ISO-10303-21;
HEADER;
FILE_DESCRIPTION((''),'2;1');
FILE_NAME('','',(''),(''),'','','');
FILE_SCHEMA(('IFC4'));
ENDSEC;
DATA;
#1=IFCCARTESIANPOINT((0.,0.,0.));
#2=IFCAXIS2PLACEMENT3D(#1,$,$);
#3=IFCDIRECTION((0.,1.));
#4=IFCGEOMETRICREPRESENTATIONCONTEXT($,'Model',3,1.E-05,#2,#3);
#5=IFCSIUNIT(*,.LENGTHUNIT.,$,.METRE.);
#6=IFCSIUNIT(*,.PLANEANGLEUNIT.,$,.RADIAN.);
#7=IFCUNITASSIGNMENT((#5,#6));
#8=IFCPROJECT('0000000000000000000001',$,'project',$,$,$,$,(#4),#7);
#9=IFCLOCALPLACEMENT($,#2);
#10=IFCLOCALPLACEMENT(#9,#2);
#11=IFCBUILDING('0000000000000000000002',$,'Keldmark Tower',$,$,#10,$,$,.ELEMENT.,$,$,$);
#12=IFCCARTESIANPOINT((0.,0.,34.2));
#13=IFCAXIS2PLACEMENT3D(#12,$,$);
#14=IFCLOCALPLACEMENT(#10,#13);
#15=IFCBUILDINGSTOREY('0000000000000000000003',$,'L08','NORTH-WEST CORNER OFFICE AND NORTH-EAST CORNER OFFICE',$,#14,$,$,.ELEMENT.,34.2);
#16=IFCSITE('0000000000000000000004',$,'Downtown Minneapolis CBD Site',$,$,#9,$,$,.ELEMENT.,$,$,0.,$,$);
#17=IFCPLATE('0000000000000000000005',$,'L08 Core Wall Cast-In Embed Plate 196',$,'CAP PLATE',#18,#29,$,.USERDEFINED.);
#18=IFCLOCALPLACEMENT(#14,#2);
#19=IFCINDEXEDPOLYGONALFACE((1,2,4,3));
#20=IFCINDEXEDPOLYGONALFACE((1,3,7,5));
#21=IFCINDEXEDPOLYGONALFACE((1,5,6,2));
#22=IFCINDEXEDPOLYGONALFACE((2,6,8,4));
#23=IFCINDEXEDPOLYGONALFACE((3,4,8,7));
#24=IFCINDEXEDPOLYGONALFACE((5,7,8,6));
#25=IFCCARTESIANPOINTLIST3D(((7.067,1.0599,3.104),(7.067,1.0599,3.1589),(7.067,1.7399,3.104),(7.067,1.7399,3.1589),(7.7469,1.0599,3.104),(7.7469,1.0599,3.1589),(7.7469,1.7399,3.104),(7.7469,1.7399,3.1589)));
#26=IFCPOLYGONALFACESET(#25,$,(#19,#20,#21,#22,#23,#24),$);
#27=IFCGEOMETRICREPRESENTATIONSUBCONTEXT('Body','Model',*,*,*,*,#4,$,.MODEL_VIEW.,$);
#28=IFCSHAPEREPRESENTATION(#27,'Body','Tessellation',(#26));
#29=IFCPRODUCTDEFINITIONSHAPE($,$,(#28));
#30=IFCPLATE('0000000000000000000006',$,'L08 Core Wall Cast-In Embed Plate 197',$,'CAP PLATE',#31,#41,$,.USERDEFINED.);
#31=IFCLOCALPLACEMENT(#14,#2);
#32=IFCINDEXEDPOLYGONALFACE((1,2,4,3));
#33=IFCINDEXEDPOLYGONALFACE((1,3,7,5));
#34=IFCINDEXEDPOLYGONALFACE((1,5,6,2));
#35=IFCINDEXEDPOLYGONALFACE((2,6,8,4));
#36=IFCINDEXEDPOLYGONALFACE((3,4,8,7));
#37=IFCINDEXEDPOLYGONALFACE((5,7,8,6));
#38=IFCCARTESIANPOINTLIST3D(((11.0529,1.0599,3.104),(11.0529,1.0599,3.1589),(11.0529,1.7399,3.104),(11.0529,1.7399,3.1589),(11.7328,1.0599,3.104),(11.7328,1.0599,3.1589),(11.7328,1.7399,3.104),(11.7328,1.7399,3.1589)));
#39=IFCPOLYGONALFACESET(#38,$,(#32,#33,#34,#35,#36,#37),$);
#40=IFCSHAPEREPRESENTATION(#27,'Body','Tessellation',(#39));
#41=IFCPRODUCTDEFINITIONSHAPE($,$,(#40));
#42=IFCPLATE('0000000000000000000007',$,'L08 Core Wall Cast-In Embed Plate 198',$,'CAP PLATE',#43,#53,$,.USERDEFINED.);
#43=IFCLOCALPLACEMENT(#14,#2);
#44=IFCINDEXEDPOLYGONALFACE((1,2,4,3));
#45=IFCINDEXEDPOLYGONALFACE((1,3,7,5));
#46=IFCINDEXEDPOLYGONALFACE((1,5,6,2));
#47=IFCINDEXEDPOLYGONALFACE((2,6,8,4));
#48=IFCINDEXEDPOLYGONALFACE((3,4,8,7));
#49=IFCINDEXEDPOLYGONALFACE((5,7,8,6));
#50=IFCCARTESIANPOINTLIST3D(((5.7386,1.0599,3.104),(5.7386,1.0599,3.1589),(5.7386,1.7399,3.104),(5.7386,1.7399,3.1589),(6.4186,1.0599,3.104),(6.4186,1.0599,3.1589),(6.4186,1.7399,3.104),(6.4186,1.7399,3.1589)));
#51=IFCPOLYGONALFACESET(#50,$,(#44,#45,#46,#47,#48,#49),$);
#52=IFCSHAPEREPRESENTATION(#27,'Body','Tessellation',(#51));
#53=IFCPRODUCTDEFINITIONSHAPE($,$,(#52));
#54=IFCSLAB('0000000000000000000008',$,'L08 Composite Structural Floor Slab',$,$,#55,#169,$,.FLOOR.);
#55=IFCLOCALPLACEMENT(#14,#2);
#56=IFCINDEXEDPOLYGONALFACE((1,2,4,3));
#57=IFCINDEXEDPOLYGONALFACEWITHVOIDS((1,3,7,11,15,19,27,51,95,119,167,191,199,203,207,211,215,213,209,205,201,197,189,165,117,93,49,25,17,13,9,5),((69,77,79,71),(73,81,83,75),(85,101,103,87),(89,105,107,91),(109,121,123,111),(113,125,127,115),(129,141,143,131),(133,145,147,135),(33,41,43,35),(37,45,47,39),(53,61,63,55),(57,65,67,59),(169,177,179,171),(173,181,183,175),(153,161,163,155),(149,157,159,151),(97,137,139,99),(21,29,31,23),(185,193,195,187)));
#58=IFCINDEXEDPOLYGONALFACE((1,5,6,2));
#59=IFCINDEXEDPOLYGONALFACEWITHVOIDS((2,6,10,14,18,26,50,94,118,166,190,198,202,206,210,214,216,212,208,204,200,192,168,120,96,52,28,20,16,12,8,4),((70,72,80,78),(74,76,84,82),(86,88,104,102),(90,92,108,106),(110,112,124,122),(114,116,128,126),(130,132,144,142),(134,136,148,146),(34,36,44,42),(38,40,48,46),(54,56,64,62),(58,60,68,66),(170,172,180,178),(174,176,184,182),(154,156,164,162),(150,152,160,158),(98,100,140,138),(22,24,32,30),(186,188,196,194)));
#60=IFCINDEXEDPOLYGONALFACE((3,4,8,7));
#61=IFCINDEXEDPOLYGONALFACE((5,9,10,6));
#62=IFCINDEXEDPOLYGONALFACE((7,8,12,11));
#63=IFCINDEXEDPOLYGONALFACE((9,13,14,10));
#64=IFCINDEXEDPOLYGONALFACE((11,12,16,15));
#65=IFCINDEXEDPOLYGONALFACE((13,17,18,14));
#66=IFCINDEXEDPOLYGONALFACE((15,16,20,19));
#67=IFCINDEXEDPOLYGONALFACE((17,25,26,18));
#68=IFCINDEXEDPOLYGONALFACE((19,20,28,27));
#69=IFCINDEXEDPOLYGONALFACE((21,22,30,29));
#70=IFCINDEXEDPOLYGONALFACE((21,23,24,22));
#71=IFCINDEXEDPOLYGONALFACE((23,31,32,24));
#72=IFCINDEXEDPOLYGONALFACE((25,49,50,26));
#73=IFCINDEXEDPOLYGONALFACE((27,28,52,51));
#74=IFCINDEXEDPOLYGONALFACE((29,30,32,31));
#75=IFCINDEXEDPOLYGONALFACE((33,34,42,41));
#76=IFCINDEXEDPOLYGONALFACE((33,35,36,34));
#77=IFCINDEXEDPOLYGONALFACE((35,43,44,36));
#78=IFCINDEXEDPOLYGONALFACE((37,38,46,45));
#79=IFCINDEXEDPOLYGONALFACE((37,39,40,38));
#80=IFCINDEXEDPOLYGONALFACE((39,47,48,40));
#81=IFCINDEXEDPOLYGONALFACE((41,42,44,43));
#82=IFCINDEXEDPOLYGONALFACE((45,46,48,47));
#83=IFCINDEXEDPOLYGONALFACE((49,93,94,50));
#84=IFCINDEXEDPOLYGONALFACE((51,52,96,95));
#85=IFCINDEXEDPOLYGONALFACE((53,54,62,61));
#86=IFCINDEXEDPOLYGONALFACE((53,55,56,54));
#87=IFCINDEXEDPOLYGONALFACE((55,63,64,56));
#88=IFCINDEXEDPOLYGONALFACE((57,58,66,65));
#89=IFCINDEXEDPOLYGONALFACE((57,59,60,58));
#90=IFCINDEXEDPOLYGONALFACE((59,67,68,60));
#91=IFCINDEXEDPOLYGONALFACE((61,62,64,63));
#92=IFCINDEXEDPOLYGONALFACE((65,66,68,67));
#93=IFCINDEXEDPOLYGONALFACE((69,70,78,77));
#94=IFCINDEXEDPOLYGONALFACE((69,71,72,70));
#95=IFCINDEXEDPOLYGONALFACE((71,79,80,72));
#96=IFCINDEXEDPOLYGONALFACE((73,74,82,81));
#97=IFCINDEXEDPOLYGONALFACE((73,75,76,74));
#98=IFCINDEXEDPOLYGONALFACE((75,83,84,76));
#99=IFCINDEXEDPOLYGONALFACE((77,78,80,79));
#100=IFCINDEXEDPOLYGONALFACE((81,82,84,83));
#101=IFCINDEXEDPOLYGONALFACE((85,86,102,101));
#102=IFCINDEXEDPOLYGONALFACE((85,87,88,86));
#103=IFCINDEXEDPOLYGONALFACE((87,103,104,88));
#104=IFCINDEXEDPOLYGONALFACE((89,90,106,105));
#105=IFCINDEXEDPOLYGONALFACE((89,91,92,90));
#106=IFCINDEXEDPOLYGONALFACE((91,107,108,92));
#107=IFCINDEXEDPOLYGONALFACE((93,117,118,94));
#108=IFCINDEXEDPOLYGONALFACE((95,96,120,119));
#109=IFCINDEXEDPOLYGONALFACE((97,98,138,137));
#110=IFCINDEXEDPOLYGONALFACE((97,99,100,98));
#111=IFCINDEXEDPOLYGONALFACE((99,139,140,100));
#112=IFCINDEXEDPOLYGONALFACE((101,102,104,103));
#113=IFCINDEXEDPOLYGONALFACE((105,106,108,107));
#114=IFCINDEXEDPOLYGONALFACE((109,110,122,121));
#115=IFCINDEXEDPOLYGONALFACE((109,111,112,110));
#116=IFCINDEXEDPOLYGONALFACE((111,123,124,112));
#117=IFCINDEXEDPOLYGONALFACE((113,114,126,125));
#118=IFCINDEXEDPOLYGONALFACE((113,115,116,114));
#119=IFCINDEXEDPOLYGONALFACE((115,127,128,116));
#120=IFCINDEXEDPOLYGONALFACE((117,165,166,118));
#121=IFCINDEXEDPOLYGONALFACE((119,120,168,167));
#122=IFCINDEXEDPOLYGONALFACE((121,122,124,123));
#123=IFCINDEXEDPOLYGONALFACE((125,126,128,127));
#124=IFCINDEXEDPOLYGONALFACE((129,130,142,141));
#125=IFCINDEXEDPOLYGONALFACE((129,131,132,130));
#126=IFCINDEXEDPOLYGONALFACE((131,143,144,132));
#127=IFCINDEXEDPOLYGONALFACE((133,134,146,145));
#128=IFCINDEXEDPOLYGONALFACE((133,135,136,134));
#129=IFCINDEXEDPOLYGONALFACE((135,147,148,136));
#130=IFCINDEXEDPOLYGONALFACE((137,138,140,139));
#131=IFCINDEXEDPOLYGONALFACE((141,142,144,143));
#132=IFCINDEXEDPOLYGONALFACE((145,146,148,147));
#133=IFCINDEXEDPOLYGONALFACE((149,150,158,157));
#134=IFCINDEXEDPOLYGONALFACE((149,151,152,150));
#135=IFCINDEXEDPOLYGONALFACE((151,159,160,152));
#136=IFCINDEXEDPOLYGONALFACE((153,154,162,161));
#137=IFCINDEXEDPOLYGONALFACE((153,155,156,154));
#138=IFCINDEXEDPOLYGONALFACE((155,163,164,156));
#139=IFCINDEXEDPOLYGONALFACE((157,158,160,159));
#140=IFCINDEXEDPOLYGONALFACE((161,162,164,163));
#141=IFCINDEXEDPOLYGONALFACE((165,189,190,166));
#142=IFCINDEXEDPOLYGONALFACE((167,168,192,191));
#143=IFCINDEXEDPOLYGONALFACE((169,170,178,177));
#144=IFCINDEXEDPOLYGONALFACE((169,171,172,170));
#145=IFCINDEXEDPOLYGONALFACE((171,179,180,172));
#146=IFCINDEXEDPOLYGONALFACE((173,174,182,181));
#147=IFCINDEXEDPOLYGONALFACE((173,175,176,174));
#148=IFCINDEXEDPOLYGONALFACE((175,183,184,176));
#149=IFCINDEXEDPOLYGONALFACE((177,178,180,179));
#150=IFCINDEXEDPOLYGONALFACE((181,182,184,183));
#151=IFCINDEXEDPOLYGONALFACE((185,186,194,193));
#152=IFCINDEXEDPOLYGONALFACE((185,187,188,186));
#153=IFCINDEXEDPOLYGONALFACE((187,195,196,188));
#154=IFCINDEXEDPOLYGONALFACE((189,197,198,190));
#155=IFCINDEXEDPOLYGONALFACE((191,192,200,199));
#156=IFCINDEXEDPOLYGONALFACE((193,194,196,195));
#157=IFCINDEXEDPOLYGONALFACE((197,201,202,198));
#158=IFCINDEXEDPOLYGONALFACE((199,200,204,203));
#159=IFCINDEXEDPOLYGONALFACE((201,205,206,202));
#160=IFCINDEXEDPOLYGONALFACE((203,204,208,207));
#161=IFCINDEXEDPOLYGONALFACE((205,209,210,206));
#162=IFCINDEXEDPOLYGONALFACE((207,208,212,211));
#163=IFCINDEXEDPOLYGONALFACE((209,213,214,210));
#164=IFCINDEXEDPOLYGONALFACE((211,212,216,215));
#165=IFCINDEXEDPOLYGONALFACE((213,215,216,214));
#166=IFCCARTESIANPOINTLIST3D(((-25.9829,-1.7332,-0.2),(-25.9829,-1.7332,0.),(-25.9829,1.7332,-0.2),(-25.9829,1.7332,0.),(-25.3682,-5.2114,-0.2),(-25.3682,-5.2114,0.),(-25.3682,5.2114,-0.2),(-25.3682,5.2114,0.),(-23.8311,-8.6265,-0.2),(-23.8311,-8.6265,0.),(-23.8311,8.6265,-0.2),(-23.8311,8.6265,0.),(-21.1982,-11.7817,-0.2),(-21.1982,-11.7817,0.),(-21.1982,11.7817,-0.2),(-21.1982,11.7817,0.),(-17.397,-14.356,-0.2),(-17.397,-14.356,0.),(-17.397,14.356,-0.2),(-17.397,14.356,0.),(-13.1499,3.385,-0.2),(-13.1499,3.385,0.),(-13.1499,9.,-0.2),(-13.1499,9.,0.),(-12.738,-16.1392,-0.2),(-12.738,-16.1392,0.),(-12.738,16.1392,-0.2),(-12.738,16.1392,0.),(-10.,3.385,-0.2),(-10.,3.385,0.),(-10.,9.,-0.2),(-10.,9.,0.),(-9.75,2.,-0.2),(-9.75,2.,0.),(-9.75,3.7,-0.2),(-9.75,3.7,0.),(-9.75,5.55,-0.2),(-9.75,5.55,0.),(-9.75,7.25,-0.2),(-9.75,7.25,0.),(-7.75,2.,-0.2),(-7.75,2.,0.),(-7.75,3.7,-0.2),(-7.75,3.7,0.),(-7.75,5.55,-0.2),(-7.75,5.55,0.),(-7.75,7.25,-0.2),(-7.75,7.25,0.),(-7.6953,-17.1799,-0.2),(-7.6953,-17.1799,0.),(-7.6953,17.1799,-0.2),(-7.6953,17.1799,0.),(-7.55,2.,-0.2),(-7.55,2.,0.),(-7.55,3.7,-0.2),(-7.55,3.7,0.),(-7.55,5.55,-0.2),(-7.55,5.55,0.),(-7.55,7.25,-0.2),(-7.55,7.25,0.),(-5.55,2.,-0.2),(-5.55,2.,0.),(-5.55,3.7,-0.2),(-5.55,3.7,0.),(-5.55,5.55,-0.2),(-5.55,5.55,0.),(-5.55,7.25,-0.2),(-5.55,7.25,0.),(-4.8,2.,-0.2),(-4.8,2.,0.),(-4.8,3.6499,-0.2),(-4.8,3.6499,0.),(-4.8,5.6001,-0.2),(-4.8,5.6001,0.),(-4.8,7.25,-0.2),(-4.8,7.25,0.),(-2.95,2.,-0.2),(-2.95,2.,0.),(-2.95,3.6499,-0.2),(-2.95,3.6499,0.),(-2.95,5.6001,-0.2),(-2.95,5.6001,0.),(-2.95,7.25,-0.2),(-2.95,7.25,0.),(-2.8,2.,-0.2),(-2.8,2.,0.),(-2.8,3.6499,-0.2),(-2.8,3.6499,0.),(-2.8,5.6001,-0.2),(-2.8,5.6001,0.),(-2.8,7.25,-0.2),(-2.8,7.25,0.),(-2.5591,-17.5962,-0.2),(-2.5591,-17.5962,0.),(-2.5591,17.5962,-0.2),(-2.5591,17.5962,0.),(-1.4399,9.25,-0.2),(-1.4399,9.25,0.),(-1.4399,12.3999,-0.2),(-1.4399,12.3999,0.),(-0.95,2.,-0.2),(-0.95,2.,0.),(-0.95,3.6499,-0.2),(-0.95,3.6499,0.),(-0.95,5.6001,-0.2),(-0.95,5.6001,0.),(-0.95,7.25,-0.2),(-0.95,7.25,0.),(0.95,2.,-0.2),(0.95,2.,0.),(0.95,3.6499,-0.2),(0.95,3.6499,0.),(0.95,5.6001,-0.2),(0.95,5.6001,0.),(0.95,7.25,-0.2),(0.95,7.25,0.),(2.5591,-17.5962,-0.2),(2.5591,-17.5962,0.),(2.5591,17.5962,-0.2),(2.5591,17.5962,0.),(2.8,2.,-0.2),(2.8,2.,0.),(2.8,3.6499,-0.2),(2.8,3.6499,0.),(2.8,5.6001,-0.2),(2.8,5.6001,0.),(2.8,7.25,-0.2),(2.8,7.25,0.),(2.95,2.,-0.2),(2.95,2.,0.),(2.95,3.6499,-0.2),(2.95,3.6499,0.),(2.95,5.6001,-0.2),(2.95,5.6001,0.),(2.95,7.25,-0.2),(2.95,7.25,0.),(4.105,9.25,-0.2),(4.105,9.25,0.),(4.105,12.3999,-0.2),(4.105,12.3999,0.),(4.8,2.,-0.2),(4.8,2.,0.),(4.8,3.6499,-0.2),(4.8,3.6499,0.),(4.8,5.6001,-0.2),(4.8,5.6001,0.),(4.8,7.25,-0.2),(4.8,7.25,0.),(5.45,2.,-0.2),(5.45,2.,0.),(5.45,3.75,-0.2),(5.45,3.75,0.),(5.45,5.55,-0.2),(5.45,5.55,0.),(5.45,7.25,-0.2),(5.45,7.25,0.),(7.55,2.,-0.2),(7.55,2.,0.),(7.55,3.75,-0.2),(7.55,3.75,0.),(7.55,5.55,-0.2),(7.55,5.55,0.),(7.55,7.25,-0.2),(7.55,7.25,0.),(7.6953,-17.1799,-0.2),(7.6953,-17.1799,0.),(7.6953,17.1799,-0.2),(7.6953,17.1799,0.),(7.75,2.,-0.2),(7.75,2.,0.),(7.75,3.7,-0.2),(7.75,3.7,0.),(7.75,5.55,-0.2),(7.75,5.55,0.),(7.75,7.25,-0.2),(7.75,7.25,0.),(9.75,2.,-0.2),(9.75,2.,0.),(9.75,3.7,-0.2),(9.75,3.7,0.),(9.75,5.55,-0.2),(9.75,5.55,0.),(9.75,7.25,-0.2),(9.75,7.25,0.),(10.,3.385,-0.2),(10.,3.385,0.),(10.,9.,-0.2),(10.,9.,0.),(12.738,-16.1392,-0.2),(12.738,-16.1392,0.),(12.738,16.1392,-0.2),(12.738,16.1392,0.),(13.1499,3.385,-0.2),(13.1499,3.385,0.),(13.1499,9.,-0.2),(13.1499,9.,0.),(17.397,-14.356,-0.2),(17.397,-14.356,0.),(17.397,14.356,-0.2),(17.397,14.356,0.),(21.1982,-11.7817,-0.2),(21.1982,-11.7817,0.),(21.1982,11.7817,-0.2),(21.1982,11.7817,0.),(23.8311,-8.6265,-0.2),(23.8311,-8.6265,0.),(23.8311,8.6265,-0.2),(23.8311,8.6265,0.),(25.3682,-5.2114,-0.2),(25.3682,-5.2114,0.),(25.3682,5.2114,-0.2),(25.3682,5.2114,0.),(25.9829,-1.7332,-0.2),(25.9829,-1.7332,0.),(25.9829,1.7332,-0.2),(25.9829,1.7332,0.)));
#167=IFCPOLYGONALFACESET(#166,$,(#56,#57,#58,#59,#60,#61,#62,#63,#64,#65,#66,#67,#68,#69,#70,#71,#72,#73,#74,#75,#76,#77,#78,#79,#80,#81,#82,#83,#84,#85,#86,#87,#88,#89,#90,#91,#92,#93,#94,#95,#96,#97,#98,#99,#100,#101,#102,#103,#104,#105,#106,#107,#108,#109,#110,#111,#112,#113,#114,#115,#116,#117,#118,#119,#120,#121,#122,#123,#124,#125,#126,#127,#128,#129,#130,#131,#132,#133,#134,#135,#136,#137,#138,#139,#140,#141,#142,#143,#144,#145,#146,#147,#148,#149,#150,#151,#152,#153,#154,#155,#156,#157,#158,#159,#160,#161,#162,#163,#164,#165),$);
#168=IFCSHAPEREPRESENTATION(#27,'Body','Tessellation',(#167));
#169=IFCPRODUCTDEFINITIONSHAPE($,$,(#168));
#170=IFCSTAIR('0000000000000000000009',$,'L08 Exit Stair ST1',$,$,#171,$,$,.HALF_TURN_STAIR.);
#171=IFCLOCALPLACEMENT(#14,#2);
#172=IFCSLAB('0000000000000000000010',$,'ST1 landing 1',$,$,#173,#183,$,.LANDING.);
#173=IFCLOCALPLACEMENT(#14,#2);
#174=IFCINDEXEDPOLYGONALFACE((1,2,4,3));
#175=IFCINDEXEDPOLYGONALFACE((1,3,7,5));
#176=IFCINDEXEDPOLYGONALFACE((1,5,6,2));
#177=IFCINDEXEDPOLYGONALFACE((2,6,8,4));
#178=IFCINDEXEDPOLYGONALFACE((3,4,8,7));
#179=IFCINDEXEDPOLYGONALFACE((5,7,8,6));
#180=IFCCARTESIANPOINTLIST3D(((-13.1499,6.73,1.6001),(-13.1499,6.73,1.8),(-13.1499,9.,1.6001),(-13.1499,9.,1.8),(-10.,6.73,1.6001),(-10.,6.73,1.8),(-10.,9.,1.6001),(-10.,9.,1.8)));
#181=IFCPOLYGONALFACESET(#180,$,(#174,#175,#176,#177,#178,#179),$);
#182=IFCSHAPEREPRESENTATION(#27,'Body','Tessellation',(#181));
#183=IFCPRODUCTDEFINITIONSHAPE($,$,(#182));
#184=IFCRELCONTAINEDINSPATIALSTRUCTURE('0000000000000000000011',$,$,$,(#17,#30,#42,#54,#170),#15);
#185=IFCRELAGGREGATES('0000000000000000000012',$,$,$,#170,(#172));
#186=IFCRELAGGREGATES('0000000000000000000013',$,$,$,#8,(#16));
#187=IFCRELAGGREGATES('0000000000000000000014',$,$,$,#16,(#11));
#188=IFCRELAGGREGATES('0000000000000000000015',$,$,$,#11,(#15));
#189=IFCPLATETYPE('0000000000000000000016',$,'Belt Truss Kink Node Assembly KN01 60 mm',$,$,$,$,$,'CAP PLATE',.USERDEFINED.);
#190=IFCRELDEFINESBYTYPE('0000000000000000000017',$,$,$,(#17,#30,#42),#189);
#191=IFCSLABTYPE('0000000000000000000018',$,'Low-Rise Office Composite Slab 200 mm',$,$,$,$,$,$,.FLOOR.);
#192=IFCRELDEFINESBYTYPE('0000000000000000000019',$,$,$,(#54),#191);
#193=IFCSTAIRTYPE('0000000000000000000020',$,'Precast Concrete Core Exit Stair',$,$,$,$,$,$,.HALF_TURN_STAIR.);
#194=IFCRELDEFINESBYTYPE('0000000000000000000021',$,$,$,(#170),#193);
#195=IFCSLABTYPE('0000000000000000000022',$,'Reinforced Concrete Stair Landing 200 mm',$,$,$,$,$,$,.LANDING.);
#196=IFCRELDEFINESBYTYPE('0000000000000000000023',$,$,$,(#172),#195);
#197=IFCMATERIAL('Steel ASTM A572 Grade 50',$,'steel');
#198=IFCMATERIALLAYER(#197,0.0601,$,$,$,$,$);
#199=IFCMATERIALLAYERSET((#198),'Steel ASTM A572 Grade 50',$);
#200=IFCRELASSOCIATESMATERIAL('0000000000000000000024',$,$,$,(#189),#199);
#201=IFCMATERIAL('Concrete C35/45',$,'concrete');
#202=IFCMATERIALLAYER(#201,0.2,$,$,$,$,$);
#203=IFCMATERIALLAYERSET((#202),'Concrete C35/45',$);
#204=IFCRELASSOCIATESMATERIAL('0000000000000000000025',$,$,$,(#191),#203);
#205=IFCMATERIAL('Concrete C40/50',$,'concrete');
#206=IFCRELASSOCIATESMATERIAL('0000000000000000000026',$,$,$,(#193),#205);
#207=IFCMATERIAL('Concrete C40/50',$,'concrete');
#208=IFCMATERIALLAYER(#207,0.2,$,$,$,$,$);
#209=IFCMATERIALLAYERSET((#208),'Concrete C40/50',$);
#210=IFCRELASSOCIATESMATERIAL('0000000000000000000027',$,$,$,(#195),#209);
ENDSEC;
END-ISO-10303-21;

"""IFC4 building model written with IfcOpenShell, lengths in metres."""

from ifc_helpers import new_model, si_unit, direction, frame, origin, origin_2d, place, context, subcontext, project, spatial, polyline, rectangle, outline, extrude, material, layer, layer_set, type_object, element, aggregate, save


model = new_model("IFC4")

# Units and contexts
model_context = context("Model", 3, precision=1e-05, world=origin(), true_north=direction((0.0, 1.0)))
body_context = subcontext(model_context, "Body", "Model", "MODEL_VIEW")
ifc_project = project(units=[si_unit("LENGTHUNIT", "METRE"), si_unit("PLANEANGLEUNIT", "RADIAN")], contexts=[model_context])

# Site, building, storey
site_placement = place(None, origin())
site = spatial("IfcSite", under=ifc_project, at=site_placement, Name="Downtown Minneapolis CBD Site", CompositionType="ELEMENT", RefElevation=0.0)
building_placement = place(site_placement, origin())
building = spatial("IfcBuilding", under=site, at=building_placement, Name="Keldmark Tower", CompositionType="ELEMENT")
storey_placement = place(building_placement, frame((0.0, 0.0, 34.2)))
storey = spatial("IfcBuildingStorey", under=building, at=storey_placement, Name="L08", Description="NORTH-WEST CORNER OFFICE AND NORTH-EAST CORNER OFFICE", CompositionType="ELEMENT", Elevation=34.2)

# Plates
ifc_material_1 = material(Name="Steel ASTM A572 Grade 50", Category="steel")
ifc_layer_1 = layer(ifc_material_1, 0.0601)
ifc_layer_set_1 = layer_set([ifc_layer_1], Name="Steel ASTM A572 Grade 50")
plate_type = type_object("IfcPlateType", Name="Belt Truss Kink Node Assembly KN01 60 mm", ElementType="CAP PLATE", PredefinedType="USERDEFINED", material=ifc_layer_set_1)
for number, where, z_axis, x_axis, name in (
    (1, (7.407, 1.3999, 3.104), (0.0, 0.0, 1.0), (1.0, 0.0, 0.0), "L08 Core Wall Cast-In Embed Plate 196"),
    (2, (11.3928, 1.3999, 3.104), (0.0, 0.0, 1.0), (1.0, 0.0, 0.0), "L08 Core Wall Cast-In Embed Plate 197"),
    (3, (6.0786, 1.3999, 3.104), (0.0, 0.0, 1.0), (1.0, 0.0, 0.0), "L08 Core Wall Cast-In Embed Plate 198"),
):
    element("IfcPlate", number, at=place(storey_placement, frame(where, z_axis=z_axis, x_axis=x_axis)), inside=storey, type_object=plate_type, Name=name, ObjectType="CAP PLATE", PredefinedType="USERDEFINED", context=body_context, shape_type="SweptSolid", body=[
        extrude(rectangle(XDim=0.6799, YDim=0.6799, at=origin_2d()), origin(), (0.0, 0.0, 1.0), 0.0549),
    ])

# Slab
ifc_material_2 = material(Name="Concrete C35/45", Category="concrete")
ifc_layer_2 = layer(ifc_material_2, 0.2)
ifc_layer_set_2 = layer_set([ifc_layer_2], Name="Concrete C35/45")
slab_type_1 = type_object("IfcSlabType", Name="Low-Rise Office Composite Slab 200 mm", PredefinedType="FLOOR", material=ifc_layer_set_2)
slab_1_placement = place(storey_placement, frame((0.0, 0.0, -0.2)))
element("IfcSlab", 4, at=slab_1_placement, inside=storey, type_object=slab_type_1, Name="L08 Composite Structural Floor Slab", PredefinedType="FLOOR", context=body_context, shape_type="SweptSolid", body=[
    extrude(outline(polyline([(25.9829, 1.7332), (25.3682, 5.2114), (23.8311, 8.6265), (21.1982, 11.7817), (17.397, 14.356), (12.738, 16.1392), (7.6953, 17.1799), (2.5591, 17.5962), (-2.5591, 17.5962), (-7.6953, 17.1799), (-12.738, 16.1392), (-17.397, 14.356), (-21.1982, 11.7817), (-23.8311, 8.6265), (-25.3682, 5.2114), (-25.9829, 1.7332), (-25.9829, -1.7332), (-25.3682, -5.2114), (-23.8311, -8.6265), (-21.1982, -11.7817), (-17.397, -14.356), (-12.738, -16.1392), (-7.6953, -17.1799), (-2.5591, -17.5962), (2.5591, -17.5962), (7.6953, -17.1799), (12.738, -16.1392), (17.397, -14.356), (21.1982, -11.7817), (23.8311, -8.6265), (25.3682, -5.2114), (25.9829, -1.7332), (25.9829, 1.7332)]), holes=[polyline([(-10.0, 3.385), (-10.0, 9.0), (-13.1499, 9.0), (-13.1499, 3.385), (-10.0, 3.385)]), polyline([(13.1499, 3.385), (13.1499, 9.0), (10.0, 9.0), (10.0, 3.385), (13.1499, 3.385)]), polyline([(-1.4399, 9.25), (4.105, 9.25), (4.105, 12.3999), (-1.4399, 12.3999), (-1.4399, 9.25)]), polyline([(-9.75, 2.0), (-7.75, 2.0), (-7.75, 3.7), (-9.75, 3.7), (-9.75, 2.0)]), polyline([(7.75, 2.0), (9.75, 2.0), (9.75, 3.7), (7.75, 3.7), (7.75, 2.0)]), polyline([(5.45, 2.0), (7.55, 2.0), (7.55, 3.75), (5.45, 3.75), (5.45, 2.0)]), polyline([(-4.8, 2.0), (-2.95, 2.0), (-2.95, 3.6499), (-4.8, 3.6499), (-4.8, 2.0)]), polyline([(-2.8, 2.0), (-0.95, 2.0), (-0.95, 3.6499), (-2.8, 3.6499), (-2.8, 2.0)]), polyline([(0.95, 2.0), (2.8, 2.0), (2.8, 3.6499), (0.95, 3.6499), (0.95, 2.0)]), polyline([(2.95, 2.0), (4.8, 2.0), (4.8, 3.6499), (2.95, 3.6499), (2.95, 2.0)]), polyline([(-4.8, 5.6001), (-2.95, 5.6001), (-2.95, 7.25), (-4.8, 7.25), (-4.8, 5.6001)]), polyline([(-2.8, 5.6001), (-0.95, 5.6001), (-0.95, 7.25), (-2.8, 7.25), (-2.8, 5.6001)]), polyline([(0.95, 5.6001), (2.8, 5.6001), (2.8, 7.25), (0.95, 7.25), (0.95, 5.6001)]), polyline([(2.95, 5.6001), (4.8, 5.6001), (4.8, 7.25), (2.95, 7.25), (2.95, 5.6001)]), polyline([(-9.75, 5.55), (-7.75, 5.55), (-7.75, 7.25), (-9.75, 7.25), (-9.75, 5.55)]), polyline([(-7.55, 5.55), (-5.55, 5.55), (-5.55, 7.25), (-7.55, 7.25), (-7.55, 5.55)]), polyline([(-7.55, 2.0), (-5.55, 2.0), (-5.55, 3.7), (-7.55, 3.7), (-7.55, 2.0)]), polyline([(5.45, 5.55), (7.55, 5.55), (7.55, 7.25), (5.45, 7.25), (5.45, 5.55)]), polyline([(7.75, 5.55), (9.75, 5.55), (9.75, 7.25), (7.75, 7.25), (7.75, 5.55)])]), origin(), (0.0, 0.0, 1.0), 0.2),
])

# Stair, slab
ifc_material_3 = material(Name="Concrete C40/50", Category="concrete")
stair_type = type_object("IfcStairType", Name="Precast Concrete Core Exit Stair", PredefinedType="HALF_TURN_STAIR", material=ifc_material_3)
stair_1_placement = place(storey_placement, origin())
stair_1 = element("IfcStair", 5, at=stair_1_placement, inside=storey, type_object=stair_type, Name="L08 Exit Stair ST1", PredefinedType="HALF_TURN_STAIR")
ifc_material_4 = material(Name="Concrete C40/50", Category="concrete")
ifc_layer_3 = layer(ifc_material_4, 0.2)
ifc_layer_set_3 = layer_set([ifc_layer_3], Name="Concrete C40/50")
slab_type_2 = type_object("IfcSlabType", Name="Reinforced Concrete Stair Landing 200 mm", PredefinedType="LANDING", material=ifc_layer_set_3)
slab_2_placement = place(storey_placement, frame((0.0, 0.0, 1.6001)))
slab_2 = element("IfcSlab", 6, at=slab_2_placement, type_object=slab_type_2, Name="ST1 landing 1", PredefinedType="LANDING", context=body_context, shape_type="SweptSolid", body=[
    extrude(outline(polyline([(-10.0, 6.73), (-10.0, 9.0), (-13.1499, 9.0), (-13.1499, 6.73), (-10.0, 6.73)])), origin(), (0.0, 0.0, 1.0), 0.2),
])
aggregate(stair_1, [slab_2])

save(model, "model.ifc")
